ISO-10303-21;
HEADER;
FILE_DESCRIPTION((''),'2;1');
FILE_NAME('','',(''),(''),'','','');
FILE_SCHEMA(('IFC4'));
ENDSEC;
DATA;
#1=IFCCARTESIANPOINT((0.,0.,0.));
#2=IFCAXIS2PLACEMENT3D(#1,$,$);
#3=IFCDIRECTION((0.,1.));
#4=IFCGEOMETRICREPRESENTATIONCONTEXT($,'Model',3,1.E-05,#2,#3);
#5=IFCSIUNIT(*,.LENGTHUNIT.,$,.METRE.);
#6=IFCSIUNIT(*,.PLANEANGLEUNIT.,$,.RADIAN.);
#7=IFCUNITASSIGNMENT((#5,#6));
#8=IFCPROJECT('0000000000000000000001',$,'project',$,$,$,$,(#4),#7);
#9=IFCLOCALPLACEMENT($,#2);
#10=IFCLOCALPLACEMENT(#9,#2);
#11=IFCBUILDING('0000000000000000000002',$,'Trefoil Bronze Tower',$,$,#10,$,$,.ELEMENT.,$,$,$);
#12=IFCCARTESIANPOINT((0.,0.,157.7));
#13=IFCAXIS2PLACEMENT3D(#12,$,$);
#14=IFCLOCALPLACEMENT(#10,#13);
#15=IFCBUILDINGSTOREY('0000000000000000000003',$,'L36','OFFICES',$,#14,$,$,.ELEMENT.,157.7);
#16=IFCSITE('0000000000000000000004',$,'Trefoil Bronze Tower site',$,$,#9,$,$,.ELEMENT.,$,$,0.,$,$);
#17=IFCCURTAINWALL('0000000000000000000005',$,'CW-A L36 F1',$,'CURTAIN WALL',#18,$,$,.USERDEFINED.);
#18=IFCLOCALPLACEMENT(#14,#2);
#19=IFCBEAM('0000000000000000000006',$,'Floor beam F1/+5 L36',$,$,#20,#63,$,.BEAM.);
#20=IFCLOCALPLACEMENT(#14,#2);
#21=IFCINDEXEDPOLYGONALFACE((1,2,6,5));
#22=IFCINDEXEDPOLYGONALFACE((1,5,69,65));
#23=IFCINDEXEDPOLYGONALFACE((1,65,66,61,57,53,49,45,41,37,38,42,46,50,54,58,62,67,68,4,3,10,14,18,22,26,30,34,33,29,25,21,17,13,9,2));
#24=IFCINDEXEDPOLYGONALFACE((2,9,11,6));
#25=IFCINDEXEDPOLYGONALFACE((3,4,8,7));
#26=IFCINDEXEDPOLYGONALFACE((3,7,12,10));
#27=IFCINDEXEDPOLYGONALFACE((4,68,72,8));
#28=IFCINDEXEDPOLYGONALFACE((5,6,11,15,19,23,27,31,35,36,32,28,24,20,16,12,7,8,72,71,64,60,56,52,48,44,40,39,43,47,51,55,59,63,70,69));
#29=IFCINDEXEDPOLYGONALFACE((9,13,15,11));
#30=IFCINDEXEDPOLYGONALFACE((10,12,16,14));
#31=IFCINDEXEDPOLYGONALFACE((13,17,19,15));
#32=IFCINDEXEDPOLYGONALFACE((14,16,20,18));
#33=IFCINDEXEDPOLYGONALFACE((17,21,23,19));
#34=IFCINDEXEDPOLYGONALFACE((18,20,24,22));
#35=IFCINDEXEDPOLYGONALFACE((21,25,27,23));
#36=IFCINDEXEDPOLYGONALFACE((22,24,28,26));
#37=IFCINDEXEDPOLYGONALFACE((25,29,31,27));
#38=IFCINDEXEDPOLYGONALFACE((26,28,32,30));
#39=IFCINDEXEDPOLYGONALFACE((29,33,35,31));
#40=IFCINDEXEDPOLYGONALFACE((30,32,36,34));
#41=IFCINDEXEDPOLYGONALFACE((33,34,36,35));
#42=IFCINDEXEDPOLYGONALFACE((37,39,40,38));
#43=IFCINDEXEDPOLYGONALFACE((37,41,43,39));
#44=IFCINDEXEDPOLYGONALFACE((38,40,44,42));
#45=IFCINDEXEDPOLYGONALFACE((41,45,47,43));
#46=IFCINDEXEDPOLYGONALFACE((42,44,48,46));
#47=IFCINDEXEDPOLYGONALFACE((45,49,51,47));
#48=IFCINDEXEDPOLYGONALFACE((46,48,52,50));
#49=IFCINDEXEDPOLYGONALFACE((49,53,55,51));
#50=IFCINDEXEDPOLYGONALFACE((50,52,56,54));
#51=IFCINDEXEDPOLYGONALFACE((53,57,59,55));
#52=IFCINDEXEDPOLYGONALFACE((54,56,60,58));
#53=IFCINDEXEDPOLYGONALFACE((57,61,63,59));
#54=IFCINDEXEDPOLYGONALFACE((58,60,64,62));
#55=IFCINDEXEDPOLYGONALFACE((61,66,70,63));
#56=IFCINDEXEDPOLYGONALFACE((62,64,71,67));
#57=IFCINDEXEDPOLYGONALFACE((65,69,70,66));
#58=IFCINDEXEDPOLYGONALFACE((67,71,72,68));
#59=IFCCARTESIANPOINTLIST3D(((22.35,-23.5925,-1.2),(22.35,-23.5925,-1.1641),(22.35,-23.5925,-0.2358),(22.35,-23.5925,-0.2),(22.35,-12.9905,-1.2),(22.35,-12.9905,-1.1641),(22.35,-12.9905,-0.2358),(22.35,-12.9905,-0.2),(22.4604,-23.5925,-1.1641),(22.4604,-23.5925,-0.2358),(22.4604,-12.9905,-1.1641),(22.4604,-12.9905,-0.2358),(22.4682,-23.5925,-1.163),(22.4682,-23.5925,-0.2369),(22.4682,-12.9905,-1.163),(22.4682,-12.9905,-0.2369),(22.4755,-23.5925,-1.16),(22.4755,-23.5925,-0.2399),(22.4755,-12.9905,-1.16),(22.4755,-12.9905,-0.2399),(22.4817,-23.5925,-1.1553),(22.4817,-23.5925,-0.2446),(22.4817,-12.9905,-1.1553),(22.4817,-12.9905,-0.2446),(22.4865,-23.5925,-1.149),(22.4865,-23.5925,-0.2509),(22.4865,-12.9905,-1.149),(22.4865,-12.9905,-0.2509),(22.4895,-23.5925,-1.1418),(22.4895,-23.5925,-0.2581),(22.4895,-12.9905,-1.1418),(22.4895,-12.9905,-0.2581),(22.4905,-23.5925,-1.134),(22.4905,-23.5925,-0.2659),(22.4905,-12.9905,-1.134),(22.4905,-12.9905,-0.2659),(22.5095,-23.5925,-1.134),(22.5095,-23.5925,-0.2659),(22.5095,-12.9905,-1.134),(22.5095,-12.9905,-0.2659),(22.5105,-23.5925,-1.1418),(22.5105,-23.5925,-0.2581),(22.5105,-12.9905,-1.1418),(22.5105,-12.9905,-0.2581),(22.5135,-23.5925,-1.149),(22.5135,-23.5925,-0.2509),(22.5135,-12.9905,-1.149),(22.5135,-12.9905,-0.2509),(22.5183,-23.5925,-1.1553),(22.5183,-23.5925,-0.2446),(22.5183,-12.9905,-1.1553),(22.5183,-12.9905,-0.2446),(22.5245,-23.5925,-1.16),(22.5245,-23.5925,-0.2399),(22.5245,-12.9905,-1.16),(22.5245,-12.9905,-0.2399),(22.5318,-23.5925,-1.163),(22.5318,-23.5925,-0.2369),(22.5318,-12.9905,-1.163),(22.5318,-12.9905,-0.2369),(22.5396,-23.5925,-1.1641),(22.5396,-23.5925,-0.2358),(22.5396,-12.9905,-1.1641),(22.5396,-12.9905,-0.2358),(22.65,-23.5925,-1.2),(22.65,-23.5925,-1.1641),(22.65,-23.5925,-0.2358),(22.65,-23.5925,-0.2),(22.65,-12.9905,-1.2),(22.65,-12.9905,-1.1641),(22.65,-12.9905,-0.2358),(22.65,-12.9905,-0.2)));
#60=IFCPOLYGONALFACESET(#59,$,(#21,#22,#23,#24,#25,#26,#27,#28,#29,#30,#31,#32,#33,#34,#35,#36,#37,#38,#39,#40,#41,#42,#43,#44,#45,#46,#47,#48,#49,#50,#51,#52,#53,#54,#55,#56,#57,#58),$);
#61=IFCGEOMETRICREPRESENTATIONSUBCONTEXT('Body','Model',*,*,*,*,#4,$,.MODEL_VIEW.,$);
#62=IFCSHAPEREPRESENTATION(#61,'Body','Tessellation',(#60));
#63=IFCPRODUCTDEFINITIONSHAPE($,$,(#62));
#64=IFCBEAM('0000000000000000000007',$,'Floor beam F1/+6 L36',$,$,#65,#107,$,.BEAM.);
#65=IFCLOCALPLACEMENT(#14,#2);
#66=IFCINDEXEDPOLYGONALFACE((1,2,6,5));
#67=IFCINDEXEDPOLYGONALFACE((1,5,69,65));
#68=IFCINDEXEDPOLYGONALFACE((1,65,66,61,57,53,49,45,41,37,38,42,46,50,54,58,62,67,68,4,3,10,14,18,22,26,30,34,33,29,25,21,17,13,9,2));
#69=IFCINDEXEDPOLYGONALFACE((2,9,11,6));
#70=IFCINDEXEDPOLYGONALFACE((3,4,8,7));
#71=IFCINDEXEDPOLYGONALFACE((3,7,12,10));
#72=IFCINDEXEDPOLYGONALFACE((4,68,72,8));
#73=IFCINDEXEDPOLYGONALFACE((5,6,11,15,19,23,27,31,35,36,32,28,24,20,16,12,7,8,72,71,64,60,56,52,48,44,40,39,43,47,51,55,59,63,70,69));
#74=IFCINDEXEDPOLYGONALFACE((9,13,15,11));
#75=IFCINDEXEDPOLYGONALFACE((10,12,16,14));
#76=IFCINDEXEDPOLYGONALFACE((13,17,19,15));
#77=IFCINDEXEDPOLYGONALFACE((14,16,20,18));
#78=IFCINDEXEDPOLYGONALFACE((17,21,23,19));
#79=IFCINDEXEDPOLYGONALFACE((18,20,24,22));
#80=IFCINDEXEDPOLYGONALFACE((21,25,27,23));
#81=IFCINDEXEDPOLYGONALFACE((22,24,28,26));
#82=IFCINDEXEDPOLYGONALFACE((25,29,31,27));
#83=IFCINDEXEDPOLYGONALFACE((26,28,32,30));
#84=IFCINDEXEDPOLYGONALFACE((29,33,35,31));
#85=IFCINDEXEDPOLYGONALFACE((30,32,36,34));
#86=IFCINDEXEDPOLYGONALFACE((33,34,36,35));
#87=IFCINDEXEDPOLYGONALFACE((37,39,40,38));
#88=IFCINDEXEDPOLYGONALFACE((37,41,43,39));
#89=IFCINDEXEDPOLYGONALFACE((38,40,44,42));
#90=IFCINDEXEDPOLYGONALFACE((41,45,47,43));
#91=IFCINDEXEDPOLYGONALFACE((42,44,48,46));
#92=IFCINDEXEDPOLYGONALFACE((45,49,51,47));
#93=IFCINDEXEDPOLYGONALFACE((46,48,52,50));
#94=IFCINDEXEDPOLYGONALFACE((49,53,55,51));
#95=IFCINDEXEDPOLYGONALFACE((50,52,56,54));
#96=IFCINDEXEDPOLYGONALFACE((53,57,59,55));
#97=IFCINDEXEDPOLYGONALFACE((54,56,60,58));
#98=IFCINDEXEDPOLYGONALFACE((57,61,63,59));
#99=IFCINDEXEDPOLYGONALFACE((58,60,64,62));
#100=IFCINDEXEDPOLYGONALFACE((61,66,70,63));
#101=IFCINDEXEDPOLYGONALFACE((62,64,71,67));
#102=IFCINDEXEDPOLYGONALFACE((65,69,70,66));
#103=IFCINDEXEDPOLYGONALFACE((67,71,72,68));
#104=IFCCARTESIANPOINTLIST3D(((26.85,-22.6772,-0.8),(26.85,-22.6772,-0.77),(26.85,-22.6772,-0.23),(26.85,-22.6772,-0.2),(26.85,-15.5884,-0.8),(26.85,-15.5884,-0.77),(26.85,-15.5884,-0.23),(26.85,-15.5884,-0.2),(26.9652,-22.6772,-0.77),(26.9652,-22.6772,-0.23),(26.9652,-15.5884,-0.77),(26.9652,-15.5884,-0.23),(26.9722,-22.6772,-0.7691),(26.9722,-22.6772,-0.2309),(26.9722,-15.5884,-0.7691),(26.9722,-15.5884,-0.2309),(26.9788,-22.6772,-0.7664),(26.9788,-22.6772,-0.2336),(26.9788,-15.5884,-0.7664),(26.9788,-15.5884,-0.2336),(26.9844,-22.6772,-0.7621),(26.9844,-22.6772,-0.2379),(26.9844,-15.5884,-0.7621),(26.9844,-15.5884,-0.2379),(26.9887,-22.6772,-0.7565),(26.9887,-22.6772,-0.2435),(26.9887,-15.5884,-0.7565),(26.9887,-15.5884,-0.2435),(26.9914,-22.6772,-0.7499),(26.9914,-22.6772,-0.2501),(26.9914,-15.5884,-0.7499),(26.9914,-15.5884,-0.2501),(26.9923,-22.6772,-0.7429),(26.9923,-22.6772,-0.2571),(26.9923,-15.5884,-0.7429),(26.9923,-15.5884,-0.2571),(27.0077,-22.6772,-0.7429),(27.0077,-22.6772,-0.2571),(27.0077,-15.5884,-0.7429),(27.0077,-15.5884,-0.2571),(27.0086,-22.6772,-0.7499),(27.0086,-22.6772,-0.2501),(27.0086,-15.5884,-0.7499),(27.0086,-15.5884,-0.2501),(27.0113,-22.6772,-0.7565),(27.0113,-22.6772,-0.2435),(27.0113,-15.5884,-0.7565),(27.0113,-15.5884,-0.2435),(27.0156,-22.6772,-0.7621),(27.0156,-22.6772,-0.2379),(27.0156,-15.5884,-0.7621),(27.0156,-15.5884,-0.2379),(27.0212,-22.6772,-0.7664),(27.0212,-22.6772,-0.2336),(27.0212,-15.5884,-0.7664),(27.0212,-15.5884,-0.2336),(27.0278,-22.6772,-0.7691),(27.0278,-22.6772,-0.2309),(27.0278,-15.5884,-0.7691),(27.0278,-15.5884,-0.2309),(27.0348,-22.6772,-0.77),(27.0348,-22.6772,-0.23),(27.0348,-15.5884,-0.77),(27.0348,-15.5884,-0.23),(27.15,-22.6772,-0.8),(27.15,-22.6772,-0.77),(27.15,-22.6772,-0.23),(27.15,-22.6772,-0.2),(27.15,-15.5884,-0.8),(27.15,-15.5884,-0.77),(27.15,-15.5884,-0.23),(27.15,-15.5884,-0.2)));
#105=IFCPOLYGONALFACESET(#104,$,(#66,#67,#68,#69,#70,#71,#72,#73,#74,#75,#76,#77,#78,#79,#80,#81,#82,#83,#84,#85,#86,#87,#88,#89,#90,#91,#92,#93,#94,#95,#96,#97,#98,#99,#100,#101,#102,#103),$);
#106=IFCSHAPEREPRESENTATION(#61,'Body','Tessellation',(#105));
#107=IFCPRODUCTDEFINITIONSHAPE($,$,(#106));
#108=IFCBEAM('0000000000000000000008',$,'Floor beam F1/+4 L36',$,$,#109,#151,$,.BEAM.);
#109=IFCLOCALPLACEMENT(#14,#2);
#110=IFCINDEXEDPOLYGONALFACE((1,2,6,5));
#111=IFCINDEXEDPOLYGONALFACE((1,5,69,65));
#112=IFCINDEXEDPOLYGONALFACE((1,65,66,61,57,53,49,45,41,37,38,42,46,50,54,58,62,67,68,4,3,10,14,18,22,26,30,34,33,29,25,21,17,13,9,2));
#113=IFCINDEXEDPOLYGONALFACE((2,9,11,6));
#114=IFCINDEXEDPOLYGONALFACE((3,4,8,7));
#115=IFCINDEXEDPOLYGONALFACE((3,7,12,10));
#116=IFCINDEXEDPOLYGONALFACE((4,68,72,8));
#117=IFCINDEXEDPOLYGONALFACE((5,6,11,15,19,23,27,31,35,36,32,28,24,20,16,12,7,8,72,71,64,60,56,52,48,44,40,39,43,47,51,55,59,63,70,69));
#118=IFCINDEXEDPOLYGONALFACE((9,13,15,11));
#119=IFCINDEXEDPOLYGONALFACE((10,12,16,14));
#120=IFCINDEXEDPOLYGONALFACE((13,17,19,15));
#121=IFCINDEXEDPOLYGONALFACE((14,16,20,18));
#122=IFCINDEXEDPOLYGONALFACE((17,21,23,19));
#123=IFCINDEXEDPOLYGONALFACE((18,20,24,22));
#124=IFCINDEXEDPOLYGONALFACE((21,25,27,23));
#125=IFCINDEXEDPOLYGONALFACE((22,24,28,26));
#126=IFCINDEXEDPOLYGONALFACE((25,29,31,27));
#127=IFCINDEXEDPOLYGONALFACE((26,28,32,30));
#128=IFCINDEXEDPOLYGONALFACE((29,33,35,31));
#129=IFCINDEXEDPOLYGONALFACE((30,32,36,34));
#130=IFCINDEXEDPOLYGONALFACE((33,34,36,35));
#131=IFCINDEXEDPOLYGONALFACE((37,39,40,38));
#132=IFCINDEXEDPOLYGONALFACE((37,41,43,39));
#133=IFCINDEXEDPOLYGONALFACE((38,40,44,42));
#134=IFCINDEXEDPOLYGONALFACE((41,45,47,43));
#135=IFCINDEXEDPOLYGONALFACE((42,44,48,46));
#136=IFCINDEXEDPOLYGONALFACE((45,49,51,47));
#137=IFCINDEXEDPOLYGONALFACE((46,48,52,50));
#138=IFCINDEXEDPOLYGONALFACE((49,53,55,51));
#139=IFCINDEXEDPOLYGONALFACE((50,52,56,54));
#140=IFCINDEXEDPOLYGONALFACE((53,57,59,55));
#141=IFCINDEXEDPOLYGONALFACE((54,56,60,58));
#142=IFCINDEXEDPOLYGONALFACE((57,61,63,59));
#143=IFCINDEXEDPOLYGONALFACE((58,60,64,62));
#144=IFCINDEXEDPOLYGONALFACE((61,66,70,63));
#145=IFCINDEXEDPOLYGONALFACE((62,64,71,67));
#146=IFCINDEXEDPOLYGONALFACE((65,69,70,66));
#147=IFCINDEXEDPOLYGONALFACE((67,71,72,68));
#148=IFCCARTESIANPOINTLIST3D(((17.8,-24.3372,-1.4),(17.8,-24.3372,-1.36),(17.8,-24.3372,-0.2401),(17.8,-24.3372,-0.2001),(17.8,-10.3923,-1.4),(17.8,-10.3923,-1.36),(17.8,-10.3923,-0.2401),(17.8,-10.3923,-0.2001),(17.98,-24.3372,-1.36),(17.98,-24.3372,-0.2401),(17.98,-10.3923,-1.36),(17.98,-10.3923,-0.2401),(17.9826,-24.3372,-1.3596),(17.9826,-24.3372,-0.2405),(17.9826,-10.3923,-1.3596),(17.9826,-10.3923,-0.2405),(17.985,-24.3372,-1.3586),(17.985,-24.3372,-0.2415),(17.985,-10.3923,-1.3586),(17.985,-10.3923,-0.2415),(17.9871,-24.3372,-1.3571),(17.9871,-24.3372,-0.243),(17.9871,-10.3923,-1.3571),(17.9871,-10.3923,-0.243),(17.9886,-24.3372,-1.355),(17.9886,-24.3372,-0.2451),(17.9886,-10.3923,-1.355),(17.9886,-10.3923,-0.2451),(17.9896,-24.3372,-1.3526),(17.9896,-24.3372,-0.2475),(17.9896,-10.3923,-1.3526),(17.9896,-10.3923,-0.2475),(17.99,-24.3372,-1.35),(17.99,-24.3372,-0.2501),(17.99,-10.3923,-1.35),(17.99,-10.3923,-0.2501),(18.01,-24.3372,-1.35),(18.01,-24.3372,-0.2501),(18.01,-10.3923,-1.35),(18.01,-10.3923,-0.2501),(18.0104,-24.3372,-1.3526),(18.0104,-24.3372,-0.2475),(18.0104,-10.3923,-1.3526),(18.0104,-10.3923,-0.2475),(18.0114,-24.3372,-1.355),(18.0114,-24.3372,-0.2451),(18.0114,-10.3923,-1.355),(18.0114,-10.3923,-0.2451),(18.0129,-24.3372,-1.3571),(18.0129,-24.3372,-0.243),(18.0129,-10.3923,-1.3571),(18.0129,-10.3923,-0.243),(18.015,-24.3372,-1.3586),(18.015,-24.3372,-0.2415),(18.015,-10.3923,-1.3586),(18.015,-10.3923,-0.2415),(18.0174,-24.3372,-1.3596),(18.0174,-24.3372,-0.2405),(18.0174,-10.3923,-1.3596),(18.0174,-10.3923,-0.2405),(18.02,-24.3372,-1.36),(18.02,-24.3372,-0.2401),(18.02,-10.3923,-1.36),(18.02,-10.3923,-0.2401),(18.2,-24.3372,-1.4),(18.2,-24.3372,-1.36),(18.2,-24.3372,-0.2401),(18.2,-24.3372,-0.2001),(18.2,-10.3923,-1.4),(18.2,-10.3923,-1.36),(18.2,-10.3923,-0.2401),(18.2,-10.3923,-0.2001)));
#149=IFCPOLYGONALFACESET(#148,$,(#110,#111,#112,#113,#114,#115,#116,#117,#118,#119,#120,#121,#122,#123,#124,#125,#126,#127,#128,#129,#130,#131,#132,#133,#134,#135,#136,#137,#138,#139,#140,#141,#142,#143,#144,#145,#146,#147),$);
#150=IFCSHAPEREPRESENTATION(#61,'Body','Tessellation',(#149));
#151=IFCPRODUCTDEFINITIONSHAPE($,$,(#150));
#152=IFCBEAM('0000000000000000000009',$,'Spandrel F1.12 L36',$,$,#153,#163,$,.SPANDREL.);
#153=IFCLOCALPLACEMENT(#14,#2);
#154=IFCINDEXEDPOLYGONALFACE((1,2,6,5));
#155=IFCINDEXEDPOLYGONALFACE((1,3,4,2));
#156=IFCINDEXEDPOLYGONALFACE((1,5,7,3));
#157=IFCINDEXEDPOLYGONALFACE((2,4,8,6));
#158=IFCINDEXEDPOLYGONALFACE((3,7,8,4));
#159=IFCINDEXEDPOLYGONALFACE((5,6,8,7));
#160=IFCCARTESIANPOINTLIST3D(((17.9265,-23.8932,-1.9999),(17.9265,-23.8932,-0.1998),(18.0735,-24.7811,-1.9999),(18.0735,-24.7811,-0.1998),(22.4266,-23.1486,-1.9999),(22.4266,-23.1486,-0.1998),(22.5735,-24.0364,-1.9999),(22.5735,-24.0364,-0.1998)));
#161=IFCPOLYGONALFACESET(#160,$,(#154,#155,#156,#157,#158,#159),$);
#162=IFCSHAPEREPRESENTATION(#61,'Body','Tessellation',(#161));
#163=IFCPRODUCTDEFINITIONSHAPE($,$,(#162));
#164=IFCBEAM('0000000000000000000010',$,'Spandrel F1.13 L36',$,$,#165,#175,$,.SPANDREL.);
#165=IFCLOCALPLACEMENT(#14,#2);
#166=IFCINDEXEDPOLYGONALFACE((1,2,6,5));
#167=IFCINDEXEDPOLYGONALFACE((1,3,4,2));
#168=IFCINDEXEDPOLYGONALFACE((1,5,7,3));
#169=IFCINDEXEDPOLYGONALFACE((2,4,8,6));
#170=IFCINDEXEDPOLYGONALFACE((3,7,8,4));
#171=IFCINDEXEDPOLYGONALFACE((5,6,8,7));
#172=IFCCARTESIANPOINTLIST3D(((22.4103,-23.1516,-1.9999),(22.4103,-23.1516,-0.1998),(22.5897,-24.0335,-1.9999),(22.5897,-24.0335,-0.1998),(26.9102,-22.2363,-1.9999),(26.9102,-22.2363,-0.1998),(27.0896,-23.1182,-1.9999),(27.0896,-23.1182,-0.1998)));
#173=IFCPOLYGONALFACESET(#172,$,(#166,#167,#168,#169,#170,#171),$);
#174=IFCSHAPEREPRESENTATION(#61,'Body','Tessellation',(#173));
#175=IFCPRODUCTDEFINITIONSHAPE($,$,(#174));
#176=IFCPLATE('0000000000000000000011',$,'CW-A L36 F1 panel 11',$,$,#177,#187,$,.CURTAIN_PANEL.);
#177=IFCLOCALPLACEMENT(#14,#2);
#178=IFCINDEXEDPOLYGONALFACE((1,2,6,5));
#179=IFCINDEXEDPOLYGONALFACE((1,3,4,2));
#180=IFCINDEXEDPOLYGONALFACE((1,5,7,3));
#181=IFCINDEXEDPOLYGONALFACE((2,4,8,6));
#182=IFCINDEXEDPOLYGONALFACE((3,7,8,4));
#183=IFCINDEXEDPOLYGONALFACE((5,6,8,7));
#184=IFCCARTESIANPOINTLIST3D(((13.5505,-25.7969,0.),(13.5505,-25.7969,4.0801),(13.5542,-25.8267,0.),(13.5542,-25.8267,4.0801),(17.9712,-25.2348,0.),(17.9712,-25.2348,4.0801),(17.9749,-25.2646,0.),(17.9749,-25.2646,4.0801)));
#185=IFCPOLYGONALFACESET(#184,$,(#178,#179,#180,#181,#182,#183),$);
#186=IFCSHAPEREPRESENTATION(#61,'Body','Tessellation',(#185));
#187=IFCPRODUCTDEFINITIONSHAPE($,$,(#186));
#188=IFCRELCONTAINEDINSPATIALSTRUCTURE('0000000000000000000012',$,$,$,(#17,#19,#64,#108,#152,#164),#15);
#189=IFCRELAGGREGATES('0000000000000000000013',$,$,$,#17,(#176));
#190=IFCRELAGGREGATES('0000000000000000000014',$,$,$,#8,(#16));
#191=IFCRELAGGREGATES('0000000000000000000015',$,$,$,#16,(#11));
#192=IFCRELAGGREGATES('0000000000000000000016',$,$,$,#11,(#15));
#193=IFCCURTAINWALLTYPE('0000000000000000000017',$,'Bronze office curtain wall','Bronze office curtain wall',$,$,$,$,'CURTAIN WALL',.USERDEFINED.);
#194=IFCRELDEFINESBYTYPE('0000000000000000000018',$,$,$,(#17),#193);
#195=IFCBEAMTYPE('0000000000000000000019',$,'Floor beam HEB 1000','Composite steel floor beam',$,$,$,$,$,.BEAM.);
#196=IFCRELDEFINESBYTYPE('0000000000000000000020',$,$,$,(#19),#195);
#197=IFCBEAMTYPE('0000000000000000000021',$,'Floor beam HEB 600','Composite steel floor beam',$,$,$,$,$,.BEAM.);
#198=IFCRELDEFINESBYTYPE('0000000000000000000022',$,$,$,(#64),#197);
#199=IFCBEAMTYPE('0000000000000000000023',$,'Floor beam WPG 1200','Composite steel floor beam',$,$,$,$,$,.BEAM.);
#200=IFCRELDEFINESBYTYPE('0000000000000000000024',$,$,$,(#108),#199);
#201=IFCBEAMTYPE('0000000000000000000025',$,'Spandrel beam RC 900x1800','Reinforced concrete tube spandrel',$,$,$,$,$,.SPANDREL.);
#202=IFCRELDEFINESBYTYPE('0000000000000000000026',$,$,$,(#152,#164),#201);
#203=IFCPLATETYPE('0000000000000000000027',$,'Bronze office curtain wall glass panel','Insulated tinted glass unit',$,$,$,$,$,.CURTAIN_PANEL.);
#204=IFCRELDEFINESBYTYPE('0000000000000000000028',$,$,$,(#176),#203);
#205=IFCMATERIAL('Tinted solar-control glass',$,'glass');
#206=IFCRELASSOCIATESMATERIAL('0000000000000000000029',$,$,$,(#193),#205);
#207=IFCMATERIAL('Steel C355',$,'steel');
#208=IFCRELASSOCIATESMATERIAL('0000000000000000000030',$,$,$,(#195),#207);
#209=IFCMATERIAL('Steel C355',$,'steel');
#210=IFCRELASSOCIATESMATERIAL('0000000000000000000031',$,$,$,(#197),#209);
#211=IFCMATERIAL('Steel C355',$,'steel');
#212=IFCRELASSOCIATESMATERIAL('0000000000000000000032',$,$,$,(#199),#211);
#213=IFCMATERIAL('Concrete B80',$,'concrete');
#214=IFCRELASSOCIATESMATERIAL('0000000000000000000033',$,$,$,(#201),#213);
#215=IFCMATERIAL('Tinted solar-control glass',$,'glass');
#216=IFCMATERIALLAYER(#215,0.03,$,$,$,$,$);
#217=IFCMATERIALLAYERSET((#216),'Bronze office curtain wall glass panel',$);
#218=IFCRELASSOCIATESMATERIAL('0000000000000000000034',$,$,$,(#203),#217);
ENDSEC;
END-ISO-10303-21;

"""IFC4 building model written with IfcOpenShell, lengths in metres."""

from ifc_helpers import new_model, si_unit, direction, frame, origin, origin_2d, place, context, subcontext, project, spatial, rectangle, i_section, extrude, material, layer, layer_set, material_profile, profile_set, type_object, element, aggregate, save


model = new_model("IFC4")

# Units and contexts
model_context = context("Model", 3, precision=1e-05, world=origin(), true_north=direction((0.0, 1.0)))
body_context = subcontext(model_context, "Body", "Model", "MODEL_VIEW")
ifc_project = project(units=[si_unit("LENGTHUNIT", "METRE"), si_unit("PLANEANGLEUNIT", "RADIAN")], contexts=[model_context])

# Site, building, storey
site_placement = place(None, origin())
site = spatial("IfcSite", under=ifc_project, at=site_placement, Name="Trefoil Bronze Tower site", CompositionType="ELEMENT", RefElevation=0.0)
building_placement = place(site_placement, origin())
building = spatial("IfcBuilding", under=site, at=building_placement, Name="Trefoil Bronze Tower", CompositionType="ELEMENT")
storey_placement = place(building_placement, frame((0.0, 0.0, 157.7)))
storey = spatial("IfcBuildingStorey", under=building, at=storey_placement, Name="L36", Description="OFFICES", CompositionType="ELEMENT", Elevation=157.7)

# Curtain wall
ifc_material_1 = material(Name="Tinted solar-control glass", Category="glass")
curtain_wall_type_1 = type_object("IfcCurtainWallType", Name="Bronze office curtain wall", Description="Bronze office curtain wall", ElementType="CURTAIN WALL", PredefinedType="USERDEFINED", material=ifc_material_1)
curtain_wall_1_placement = place(storey_placement, origin())
curtain_wall_1 = element("IfcCurtainWall", 1, at=curtain_wall_1_placement, inside=storey, type_object=curtain_wall_type_1, Name="CW-A L36 F1", ObjectType="CURTAIN WALL", PredefinedType="USERDEFINED")

# Beams
ifc_material_2 = material(Name="Steel C355", Category="steel")
ifc_material_profile_1 = material_profile(ifc_material_2, i_section(OverallWidth=0.3, OverallDepth=1.0, WebThickness=0.019, FlangeThickness=0.0359, FilletRadius=0.03, at=origin_2d()), Name="HEB 1000")
ifc_profile_set_1 = profile_set([ifc_material_profile_1], Name="Steel C355")
beam_type_1 = type_object("IfcBeamType", Name="Floor beam HEB 1000", Description="Composite steel floor beam", PredefinedType="BEAM", material=ifc_profile_set_1)
beam_1_placement = place(storey_placement, frame((22.5, -23.5925, -0.7), z_axis=(0.0, 1.0, 0.0), x_axis=(-1.0, 0.0, 0.0)))
element("IfcBeam", 2, at=beam_1_placement, inside=storey, type_object=beam_type_1, Name="Floor beam F1/+5 L36", PredefinedType="BEAM", context=body_context, shape_type="SweptSolid", body=[
    extrude(i_section(OverallWidth=0.3, OverallDepth=1.0, WebThickness=0.019, FlangeThickness=0.0359, FilletRadius=0.03, at=origin_2d()), origin(), (0.0, 0.0, 1.0), 10.6021),
])
ifc_material_3 = material(Name="Steel C355", Category="steel")
ifc_material_profile_2 = material_profile(ifc_material_3, i_section(OverallWidth=0.3, OverallDepth=0.6001, WebThickness=0.0154, FlangeThickness=0.03, FilletRadius=0.0271, at=origin_2d()), Name="HEB 600")
ifc_profile_set_2 = profile_set([ifc_material_profile_2], Name="Steel C355")
beam_type_2 = type_object("IfcBeamType", Name="Floor beam HEB 600", Description="Composite steel floor beam", PredefinedType="BEAM", material=ifc_profile_set_2)
beam_2_placement = place(storey_placement, frame((27.0, -22.6772, -0.5), z_axis=(0.0, 1.0, 0.0), x_axis=(-1.0, 0.0, 0.0)))
element("IfcBeam", 3, at=beam_2_placement, inside=storey, type_object=beam_type_2, Name="Floor beam F1/+6 L36", PredefinedType="BEAM", context=body_context, shape_type="SweptSolid", body=[
    extrude(i_section(OverallWidth=0.3, OverallDepth=0.6001, WebThickness=0.0154, FlangeThickness=0.03, FilletRadius=0.0271, at=origin_2d()), origin(), (0.0, 0.0, 1.0), 7.0889),
])
ifc_material_4 = material(Name="Steel C355", Category="steel")
ifc_material_profile_3 = material_profile(ifc_material_4, i_section(OverallWidth=0.3999, OverallDepth=1.2, WebThickness=0.02, FlangeThickness=0.04, FilletRadius=0.01, at=origin_2d()), Name="WPG 1200")
ifc_profile_set_3 = profile_set([ifc_material_profile_3], Name="Steel C355")
beam_type_3 = type_object("IfcBeamType", Name="Floor beam WPG 1200", Description="Composite steel floor beam", PredefinedType="BEAM", material=ifc_profile_set_3)
beam_3_placement = place(storey_placement, frame((18.0, -24.3372, -0.8), z_axis=(0.0, 1.0, 0.0), x_axis=(-1.0, 0.0, 0.0)))
element("IfcBeam", 4, at=beam_3_placement, inside=storey, type_object=beam_type_3, Name="Floor beam F1/+4 L36", PredefinedType="BEAM", context=body_context, shape_type="SweptSolid", body=[
    extrude(i_section(OverallWidth=0.3999, OverallDepth=1.2, WebThickness=0.02, FlangeThickness=0.04, FilletRadius=0.01, at=origin_2d()), origin(), (0.0, 0.0, 1.0), 13.9448),
])
ifc_material_5 = material(Name="Concrete B80", Category="concrete")
ifc_material_profile_4 = material_profile(ifc_material_5, rectangle(XDim=0.8999, YDim=1.8, at=origin_2d()), Name="RC 900x1800")
ifc_profile_set_4 = profile_set([ifc_material_profile_4], Name="Concrete B80")
beam_type_4 = type_object("IfcBeamType", Name="Spandrel beam RC 900x1800", Description="Reinforced concrete tube spandrel", PredefinedType="SPANDREL", material=ifc_profile_set_4)
beam_4_placement = place(storey_placement, frame((18.0, -24.3372, -1.0999), z_axis=(0.986584, 0.163253, 0.0), x_axis=(-0.163253, 0.986584, 0.0)))
element("IfcBeam", 5, at=beam_4_placement, inside=storey, type_object=beam_type_4, Name="Spandrel F1.12 L36", PredefinedType="SPANDREL", context=body_context, shape_type="SweptSolid", body=[
    extrude(rectangle(XDim=0.8999, YDim=1.8, at=origin_2d()), origin(), (0.0, 0.0, 1.0), 4.5613),
])
beam_5_placement = place(storey_placement, frame((22.5, -23.5925, -1.0999), z_axis=(0.979935, 0.199315, 0.0), x_axis=(-0.199315, 0.979935, 0.0)))
element("IfcBeam", 6, at=beam_5_placement, inside=storey, type_object=beam_type_4, Name="Spandrel F1.13 L36", PredefinedType="SPANDREL", context=body_context, shape_type="SweptSolid", body=[
    extrude(rectangle(XDim=0.8999, YDim=1.8, at=origin_2d()), origin(), (0.0, 0.0, 1.0), 4.592),
])

# Plate
ifc_material_6 = material(Name="Tinted solar-control glass", Category="glass")
ifc_layer_1 = layer(ifc_material_6, 0.03)
ifc_layer_set_1 = layer_set([ifc_layer_1], Name="Bronze office curtain wall glass panel")
plate_type_1 = type_object("IfcPlateType", Name="Bronze office curtain wall glass panel", Description="Insulated tinted glass unit", PredefinedType="CURTAIN_PANEL", material=ifc_layer_set_1)
plate_1_placement = place(storey_placement, frame((15.7627, -25.5308, 0.0), z_axis=(0.0, 0.0, 1.0), x_axis=(0.992012, 0.126147, 0.0)))
plate_1 = element("IfcPlate", 7, at=plate_1_placement, type_object=plate_type_1, Name="CW-A L36 F1 panel 11", PredefinedType="CURTAIN_PANEL", context=body_context, shape_type="SweptSolid", body=[
    extrude(rectangle(XDim=4.4563, YDim=0.03, at=origin_2d()), origin(), (0.0, 0.0, 1.0), 4.0801),
])
aggregate(curtain_wall_1, [plate_1])

save(model, "model.ifc")
